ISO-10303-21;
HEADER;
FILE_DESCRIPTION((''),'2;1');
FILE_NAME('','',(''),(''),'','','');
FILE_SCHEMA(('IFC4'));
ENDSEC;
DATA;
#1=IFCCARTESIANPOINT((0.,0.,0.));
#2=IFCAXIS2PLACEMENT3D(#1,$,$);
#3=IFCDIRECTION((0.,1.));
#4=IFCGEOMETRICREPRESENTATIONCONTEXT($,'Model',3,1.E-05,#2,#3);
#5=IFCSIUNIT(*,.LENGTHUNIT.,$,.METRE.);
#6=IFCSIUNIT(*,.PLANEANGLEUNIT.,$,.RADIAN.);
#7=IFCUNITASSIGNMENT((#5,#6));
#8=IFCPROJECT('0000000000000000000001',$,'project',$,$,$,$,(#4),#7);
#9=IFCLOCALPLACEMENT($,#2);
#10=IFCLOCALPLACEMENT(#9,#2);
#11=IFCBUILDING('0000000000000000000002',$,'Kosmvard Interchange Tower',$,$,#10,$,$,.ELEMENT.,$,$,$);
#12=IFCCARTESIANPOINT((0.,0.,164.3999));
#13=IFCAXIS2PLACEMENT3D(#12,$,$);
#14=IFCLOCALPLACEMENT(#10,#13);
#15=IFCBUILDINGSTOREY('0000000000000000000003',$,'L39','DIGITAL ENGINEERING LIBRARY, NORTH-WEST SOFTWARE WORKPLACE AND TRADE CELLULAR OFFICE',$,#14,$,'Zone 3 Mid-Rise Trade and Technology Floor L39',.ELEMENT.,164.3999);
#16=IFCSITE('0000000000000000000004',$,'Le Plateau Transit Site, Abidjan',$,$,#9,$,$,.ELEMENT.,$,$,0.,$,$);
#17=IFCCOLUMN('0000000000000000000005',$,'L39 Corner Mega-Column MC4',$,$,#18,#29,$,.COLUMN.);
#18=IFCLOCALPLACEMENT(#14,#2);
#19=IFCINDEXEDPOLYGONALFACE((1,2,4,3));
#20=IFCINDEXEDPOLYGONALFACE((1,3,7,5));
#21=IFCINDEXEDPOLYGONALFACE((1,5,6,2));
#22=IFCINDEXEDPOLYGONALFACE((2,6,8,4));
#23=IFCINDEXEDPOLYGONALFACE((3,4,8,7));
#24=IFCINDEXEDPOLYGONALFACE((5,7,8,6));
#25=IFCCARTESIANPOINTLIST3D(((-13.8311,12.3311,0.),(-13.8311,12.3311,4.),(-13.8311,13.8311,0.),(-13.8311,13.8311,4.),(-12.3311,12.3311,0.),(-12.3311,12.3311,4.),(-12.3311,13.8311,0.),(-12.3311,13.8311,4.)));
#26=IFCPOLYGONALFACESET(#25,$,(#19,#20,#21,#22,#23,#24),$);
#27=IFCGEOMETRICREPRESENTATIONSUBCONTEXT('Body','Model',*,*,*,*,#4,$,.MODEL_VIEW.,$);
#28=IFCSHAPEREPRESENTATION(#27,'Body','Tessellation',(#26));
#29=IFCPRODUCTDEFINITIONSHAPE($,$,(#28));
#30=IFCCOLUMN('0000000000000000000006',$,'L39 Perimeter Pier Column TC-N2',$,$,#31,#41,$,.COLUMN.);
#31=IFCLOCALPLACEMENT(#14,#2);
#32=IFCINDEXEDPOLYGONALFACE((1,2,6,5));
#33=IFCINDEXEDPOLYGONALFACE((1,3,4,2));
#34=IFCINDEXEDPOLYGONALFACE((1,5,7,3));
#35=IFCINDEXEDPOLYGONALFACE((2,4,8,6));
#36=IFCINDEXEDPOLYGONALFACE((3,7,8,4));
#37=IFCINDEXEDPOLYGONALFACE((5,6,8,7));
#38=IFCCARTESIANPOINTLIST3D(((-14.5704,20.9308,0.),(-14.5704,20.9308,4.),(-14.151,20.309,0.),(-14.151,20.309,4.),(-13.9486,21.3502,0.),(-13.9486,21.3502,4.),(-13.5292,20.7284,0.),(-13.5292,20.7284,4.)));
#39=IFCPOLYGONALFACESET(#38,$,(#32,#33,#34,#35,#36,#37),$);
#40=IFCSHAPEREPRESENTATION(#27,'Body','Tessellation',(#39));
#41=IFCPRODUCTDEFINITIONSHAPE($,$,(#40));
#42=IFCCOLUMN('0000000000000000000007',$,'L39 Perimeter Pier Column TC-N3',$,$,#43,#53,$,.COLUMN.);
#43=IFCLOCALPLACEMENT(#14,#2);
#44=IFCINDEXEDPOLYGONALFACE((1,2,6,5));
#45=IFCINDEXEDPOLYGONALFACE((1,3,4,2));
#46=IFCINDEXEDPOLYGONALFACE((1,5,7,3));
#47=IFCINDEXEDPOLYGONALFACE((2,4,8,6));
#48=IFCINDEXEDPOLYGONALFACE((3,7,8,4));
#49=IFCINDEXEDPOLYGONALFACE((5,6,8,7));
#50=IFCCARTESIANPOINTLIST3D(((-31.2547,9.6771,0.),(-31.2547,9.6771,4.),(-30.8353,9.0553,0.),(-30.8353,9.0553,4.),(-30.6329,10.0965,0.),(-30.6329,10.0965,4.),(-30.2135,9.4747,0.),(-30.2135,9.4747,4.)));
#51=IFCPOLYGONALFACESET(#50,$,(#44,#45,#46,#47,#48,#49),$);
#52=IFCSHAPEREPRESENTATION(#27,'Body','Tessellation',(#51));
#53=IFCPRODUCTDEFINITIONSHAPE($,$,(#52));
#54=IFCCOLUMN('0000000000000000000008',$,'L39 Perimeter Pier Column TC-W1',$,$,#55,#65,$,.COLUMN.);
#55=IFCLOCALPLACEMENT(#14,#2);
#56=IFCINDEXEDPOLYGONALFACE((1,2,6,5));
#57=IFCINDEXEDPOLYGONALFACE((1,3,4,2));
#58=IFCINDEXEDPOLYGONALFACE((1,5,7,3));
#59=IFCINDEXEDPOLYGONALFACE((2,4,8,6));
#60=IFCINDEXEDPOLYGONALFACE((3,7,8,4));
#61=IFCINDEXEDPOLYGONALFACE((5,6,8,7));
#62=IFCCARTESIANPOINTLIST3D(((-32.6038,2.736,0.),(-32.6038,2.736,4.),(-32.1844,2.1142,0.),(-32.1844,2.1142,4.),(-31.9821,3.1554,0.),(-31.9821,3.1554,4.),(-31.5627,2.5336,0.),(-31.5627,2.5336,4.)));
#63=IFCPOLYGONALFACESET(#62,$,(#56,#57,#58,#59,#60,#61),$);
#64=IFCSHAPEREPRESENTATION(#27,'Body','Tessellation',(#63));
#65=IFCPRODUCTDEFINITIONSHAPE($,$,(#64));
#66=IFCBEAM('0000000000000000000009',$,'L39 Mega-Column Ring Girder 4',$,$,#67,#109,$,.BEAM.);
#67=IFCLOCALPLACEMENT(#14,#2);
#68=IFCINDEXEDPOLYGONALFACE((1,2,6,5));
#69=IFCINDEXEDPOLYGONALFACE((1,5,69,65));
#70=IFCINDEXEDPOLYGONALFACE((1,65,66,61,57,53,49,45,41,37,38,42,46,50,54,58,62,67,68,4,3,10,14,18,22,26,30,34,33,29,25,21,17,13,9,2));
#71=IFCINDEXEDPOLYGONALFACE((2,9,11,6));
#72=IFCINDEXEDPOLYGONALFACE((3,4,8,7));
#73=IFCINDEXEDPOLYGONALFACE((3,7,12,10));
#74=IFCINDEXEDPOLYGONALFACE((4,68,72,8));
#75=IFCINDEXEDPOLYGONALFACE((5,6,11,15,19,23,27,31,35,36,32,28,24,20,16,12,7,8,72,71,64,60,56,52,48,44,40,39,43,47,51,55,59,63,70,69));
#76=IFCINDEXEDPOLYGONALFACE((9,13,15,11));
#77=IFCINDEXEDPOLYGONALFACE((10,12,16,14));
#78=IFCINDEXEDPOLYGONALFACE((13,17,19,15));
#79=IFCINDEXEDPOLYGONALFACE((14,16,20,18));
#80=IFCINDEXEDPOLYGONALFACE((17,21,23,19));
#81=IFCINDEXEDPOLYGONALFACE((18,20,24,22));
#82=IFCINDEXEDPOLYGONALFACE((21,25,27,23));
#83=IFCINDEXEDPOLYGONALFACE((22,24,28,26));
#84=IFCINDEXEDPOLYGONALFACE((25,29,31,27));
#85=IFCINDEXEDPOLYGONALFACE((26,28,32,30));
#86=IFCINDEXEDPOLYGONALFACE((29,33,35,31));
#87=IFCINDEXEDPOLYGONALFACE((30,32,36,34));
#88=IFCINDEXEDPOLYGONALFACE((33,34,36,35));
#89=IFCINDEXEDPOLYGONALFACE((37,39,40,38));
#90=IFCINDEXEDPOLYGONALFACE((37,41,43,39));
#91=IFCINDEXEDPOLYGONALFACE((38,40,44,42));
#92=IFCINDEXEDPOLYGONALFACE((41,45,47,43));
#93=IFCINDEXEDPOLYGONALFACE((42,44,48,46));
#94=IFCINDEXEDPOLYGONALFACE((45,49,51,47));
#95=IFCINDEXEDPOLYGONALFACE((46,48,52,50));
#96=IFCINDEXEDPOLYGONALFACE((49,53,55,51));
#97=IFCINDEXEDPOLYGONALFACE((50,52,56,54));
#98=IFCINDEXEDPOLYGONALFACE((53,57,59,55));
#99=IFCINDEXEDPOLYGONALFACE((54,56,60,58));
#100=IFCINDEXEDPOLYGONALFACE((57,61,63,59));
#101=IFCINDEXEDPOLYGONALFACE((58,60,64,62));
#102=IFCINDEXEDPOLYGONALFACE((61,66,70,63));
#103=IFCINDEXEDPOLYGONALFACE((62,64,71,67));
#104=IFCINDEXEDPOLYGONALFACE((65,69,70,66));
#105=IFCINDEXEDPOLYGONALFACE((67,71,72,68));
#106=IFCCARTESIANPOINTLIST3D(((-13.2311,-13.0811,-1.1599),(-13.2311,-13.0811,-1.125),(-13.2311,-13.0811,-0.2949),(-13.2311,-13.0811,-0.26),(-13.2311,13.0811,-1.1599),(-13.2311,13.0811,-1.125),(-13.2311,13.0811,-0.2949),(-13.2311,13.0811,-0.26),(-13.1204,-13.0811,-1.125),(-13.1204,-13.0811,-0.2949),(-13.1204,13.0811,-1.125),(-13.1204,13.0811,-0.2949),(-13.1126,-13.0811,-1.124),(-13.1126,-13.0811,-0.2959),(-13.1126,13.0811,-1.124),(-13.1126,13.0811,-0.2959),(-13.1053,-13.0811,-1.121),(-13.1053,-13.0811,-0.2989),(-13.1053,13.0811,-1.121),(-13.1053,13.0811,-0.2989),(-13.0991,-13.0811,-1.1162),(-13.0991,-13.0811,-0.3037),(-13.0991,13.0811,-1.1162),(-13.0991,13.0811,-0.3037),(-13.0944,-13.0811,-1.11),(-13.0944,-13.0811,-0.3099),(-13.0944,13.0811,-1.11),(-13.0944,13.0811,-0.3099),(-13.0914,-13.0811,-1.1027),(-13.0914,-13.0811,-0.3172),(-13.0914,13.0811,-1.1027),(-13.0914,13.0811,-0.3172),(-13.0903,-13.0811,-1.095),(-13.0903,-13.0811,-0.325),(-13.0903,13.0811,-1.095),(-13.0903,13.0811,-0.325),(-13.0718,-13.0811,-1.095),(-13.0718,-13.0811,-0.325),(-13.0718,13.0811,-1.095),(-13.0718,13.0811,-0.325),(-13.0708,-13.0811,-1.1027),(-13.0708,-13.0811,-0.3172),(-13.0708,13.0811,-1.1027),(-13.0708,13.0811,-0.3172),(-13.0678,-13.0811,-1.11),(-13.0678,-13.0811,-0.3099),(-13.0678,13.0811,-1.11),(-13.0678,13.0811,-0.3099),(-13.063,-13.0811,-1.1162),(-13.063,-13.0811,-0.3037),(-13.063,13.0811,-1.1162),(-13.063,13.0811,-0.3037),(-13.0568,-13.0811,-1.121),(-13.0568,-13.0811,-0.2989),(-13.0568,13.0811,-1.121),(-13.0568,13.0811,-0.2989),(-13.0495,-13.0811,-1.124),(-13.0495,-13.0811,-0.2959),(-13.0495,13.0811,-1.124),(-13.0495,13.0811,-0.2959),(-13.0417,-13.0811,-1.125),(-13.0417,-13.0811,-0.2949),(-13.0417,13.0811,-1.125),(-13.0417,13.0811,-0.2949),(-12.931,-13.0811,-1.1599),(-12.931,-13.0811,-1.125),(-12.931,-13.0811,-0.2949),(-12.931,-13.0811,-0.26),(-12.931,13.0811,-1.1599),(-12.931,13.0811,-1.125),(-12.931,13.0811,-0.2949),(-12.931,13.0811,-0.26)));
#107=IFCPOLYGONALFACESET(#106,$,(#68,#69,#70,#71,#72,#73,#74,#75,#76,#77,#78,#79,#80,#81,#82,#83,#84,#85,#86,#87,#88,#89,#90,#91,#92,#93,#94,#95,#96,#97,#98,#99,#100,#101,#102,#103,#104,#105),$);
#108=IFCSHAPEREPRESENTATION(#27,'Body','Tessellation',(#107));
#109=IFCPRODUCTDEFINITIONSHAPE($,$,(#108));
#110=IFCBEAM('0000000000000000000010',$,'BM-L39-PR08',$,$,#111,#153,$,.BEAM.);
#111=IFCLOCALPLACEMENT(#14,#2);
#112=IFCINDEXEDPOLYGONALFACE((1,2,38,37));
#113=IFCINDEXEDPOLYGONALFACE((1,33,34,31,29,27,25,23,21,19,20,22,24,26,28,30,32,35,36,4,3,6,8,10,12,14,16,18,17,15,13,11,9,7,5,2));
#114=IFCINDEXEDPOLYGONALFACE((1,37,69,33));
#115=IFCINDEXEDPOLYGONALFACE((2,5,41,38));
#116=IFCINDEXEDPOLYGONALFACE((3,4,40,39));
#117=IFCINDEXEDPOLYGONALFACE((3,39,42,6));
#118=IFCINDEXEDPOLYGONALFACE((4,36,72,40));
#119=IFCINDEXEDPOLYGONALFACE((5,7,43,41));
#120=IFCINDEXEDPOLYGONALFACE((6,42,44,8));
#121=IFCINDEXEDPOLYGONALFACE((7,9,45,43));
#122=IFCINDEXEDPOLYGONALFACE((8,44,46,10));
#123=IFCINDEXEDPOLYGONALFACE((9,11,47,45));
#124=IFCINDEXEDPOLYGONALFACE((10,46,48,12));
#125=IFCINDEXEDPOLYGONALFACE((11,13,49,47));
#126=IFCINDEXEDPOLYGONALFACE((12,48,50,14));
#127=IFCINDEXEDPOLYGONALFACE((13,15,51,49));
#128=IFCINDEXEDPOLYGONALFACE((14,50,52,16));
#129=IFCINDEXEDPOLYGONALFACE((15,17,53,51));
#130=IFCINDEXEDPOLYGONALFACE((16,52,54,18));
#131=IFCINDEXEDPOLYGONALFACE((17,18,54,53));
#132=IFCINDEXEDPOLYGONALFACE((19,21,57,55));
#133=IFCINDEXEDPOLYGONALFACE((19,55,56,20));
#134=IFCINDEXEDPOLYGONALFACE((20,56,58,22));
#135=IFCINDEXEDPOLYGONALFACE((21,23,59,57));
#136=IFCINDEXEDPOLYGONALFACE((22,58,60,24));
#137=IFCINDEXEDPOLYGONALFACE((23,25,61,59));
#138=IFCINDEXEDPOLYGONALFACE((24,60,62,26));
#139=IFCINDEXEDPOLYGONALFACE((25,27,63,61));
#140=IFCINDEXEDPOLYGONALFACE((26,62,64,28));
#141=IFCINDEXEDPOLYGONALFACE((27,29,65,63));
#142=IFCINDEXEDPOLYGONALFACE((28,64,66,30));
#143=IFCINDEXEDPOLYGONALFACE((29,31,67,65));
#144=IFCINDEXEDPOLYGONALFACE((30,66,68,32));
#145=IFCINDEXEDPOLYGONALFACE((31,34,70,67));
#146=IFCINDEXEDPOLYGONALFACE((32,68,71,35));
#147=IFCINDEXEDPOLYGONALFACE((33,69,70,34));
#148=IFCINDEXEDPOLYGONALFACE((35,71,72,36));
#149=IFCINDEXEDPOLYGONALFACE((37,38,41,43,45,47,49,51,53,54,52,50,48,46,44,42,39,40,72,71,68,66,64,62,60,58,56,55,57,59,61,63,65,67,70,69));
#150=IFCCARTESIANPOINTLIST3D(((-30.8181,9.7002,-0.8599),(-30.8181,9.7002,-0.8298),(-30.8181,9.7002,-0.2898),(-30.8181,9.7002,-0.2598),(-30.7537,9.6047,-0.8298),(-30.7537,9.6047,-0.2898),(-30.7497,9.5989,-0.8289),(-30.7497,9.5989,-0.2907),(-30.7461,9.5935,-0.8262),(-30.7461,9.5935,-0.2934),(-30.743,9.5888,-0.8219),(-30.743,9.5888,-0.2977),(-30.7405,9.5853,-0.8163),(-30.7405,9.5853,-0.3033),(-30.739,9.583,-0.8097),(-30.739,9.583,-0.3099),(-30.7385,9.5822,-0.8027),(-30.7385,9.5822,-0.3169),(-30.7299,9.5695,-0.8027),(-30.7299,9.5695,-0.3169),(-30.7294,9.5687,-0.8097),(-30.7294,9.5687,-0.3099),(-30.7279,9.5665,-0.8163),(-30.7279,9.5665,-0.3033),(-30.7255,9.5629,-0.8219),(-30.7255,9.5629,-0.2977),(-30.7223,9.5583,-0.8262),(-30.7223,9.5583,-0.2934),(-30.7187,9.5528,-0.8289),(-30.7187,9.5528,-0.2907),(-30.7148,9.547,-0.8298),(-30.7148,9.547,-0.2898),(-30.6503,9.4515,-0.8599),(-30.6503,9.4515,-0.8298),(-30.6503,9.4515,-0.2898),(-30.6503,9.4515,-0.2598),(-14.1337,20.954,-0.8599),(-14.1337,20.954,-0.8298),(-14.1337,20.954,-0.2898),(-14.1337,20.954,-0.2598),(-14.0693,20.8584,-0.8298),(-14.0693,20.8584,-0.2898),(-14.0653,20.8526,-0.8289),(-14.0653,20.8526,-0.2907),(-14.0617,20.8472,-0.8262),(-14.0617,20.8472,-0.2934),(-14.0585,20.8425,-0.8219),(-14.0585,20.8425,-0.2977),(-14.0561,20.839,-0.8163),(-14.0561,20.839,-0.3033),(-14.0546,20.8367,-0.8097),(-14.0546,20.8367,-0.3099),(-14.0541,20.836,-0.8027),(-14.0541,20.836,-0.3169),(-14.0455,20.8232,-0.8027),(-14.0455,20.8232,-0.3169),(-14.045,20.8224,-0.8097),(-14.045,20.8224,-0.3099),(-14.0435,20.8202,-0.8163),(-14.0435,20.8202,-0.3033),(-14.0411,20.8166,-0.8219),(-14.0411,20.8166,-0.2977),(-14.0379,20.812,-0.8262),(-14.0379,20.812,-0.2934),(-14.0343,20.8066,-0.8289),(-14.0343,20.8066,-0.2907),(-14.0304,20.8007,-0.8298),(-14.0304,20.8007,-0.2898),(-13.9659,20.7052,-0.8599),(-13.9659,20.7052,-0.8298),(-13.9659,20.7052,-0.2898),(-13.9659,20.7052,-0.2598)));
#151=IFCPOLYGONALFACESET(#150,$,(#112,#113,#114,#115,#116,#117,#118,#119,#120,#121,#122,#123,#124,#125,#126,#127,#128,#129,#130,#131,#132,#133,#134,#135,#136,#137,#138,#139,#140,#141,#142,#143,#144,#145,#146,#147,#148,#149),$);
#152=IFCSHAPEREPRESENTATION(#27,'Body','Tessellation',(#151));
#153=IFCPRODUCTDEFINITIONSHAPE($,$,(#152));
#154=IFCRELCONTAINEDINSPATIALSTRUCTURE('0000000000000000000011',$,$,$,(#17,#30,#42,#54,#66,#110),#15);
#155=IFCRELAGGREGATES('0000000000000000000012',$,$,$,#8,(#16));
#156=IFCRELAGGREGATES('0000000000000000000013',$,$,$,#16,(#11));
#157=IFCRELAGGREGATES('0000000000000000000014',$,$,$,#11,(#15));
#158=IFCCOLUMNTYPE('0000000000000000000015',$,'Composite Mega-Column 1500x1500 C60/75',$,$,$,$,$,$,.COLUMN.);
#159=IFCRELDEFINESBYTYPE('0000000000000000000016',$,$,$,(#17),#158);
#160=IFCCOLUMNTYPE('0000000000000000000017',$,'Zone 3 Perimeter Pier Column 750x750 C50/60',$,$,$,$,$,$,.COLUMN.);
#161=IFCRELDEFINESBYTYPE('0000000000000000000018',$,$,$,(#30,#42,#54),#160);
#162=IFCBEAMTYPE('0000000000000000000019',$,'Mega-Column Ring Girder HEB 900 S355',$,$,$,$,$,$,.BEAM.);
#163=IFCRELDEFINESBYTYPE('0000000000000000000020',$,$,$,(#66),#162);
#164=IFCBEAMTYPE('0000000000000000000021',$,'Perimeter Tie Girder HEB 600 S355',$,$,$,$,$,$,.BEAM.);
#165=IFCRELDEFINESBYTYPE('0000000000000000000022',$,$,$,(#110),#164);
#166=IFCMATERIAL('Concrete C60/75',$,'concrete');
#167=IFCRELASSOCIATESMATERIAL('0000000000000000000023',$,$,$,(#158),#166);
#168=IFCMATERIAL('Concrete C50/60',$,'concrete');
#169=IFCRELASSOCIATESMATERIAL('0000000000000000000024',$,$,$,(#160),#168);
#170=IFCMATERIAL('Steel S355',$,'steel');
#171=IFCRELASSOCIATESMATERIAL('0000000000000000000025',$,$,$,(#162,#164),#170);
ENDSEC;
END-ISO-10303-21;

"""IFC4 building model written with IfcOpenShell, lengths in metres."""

from ifc_helpers import new_model, si_unit, direction, frame, origin, origin_2d, place, context, subcontext, project, spatial, rectangle, i_section, extrude, source, transform, mapped, material, material_profile, profile_set, type_object, element, save


model = new_model("IFC4")

# Units and contexts
model_context = context("Model", 3, precision=1e-05, world=origin(), true_north=direction((0.0, 1.0)))
body_context = subcontext(model_context, "Body", "Model", "MODEL_VIEW")
ifc_project = project(units=[si_unit("LENGTHUNIT", "METRE"), si_unit("PLANEANGLEUNIT", "RADIAN")], contexts=[model_context])

# Site, building, storey
site_placement = place(None, origin())
site = spatial("IfcSite", under=ifc_project, at=site_placement, Name="Le Plateau Transit Site, Abidjan", CompositionType="ELEMENT", RefElevation=0.0)
building_placement = place(site_placement, origin())
building = spatial("IfcBuilding", under=site, at=building_placement, Name="Kosmvard Interchange Tower", CompositionType="ELEMENT")
storey_placement = place(building_placement, frame((0.0, 0.0, 164.3999)))
storey = spatial("IfcBuildingStorey", under=building, at=storey_placement, Name="L39", Description="DIGITAL ENGINEERING LIBRARY, NORTH-WEST SOFTWARE WORKPLACE AND TRADE CELLULAR OFFICE", LongName="Zone 3 Mid-Rise Trade and Technology Floor L39", CompositionType="ELEMENT", Elevation=164.3999)

# Columns
ifc_material_1 = material(Name="Concrete C60/75", Category="concrete")
ifc_material_profile_1 = material_profile(ifc_material_1, rectangle(XDim=1.5, YDim=1.5, at=origin_2d()), Name="MC 1500x1500")
ifc_profile_set_1 = profile_set([ifc_material_profile_1], Name="Concrete C60/75")
column_type_1 = type_object("IfcColumnType", Name="Composite Mega-Column 1500x1500 C60/75", PredefinedType="COLUMN", material=ifc_profile_set_1)
shared_shape_1 = source(origin(), body_context, "Body", "SweptSolid", [
    extrude(rectangle(XDim=1.5, YDim=1.5, at=origin_2d()), origin(), (0.0, 0.0, 1.0), 4.0),
])
column_placement = place(storey_placement, frame((-13.0811, 13.0811, 0.0), z_axis=(0.0, 0.0, 1.0), x_axis=(1.0, 0.0, 0.0)))
element("IfcColumn", 1, at=column_placement, inside=storey, type_object=column_type_1, Name="L39 Corner Mega-Column MC4", PredefinedType="COLUMN", context=body_context, shape_type="MappedRepresentation", body=[
    mapped(shared_shape_1, transform((0.0, 0.0, 0.0), scale=1.0)),
])
ifc_material_2 = material(Name="Concrete C50/60", Category="concrete")
ifc_material_profile_2 = material_profile(ifc_material_2, rectangle(XDim=0.75, YDim=0.75, at=origin_2d()), Name="TC 750x750")
ifc_profile_set_2 = profile_set([ifc_material_profile_2], Name="Concrete C50/60")
column_type_2 = type_object("IfcColumnType", Name="Zone 3 Perimeter Pier Column 750x750 C50/60", PredefinedType="COLUMN", material=ifc_profile_set_2)
shared_shape_2 = source(origin(), body_context, "Body", "SweptSolid", [
    extrude(rectangle(XDim=0.75, YDim=0.75, at=origin_2d()), origin(), (0.0, 0.0, 1.0), 4.0),
])
for number, where, z_axis, x_axis, name in (
    (2, (-14.0498, 20.8296, 0.0), (0.0, 0.0, 1.0), (0.829038, 0.559193, 0.0), "L39 Perimeter Pier Column TC-N2"),
    (3, (-30.7341, 9.5759, 0.0), (0.0, 0.0, 1.0), (0.829038, 0.559193, 0.0), "L39 Perimeter Pier Column TC-N3"),
    (4, (-32.0833, 2.6348, 0.0), (0.0, 0.0, 1.0), (0.829038, 0.559193, 0.0), "L39 Perimeter Pier Column TC-W1"),
):
    element("IfcColumn", number, at=place(storey_placement, frame(where, z_axis=z_axis, x_axis=x_axis)), inside=storey, type_object=column_type_2, Name=name, PredefinedType="COLUMN", context=body_context, shape_type="MappedRepresentation", body=[
        mapped(shared_shape_2, transform((0.0, 0.0, 0.0), scale=1.0)),
    ])

# Beams
ifc_material_3 = material(Name="Steel S355", Category="steel")
ifc_material_profile_3 = material_profile(ifc_material_3, i_section(OverallWidth=0.3, OverallDepth=0.8999, WebThickness=0.0186, FlangeThickness=0.0349, FilletRadius=0.03, at=origin_2d()), Name="HEB 900")
ifc_profile_set_3 = profile_set([ifc_material_profile_3], Name="Steel S355")
beam_type_1 = type_object("IfcBeamType", Name="Mega-Column Ring Girder HEB 900 S355", PredefinedType="BEAM", material=ifc_profile_set_3)
shared_shape_3 = source(origin(), body_context, "Body", "SweptSolid", [
    extrude(i_section(OverallWidth=0.3, OverallDepth=0.8999, WebThickness=0.0186, FlangeThickness=0.0349, FilletRadius=0.03, at=origin_2d()), origin(), (0.0, 0.0, 1.0), 26.1621),
])
beam_1_placement = place(storey_placement, frame((-13.0811, 13.0811, -0.71), z_axis=(0.0, -1.0, 0.0), x_axis=(1.0, 0.0, 0.0)))
element("IfcBeam", 5, at=beam_1_placement, inside=storey, type_object=beam_type_1, Name="L39 Mega-Column Ring Girder 4", PredefinedType="BEAM", context=body_context, shape_type="MappedRepresentation", body=[
    mapped(shared_shape_3, transform((0.0, 0.0, 0.0), scale=1.0)),
])
ifc_material_profile_4 = material_profile(ifc_material_3, i_section(OverallWidth=0.3, OverallDepth=0.6001, WebThickness=0.0154, FlangeThickness=0.03, FilletRadius=0.0271, at=origin_2d()), Name="HEB 600")
ifc_profile_set_4 = profile_set([ifc_material_profile_4], Name="Steel S355")
beam_type_2 = type_object("IfcBeamType", Name="Perimeter Tie Girder HEB 600 S355", PredefinedType="BEAM", material=ifc_profile_set_4)
shared_shape_4 = source(origin(), body_context, "Body", "SweptSolid", [
    extrude(i_section(OverallWidth=0.3, OverallDepth=0.6001, WebThickness=0.0154, FlangeThickness=0.03, FilletRadius=0.0271, at=origin_2d()), origin(), (0.0, 0.0, 1.0), 20.125),
])
for number, where, z_axis, x_axis, name in (
    (6, (-14.0498, 20.8296, -0.5598), (-0.829039, -0.559191, 0.0), (0.559191, -0.829039, 0.0), "BM-L39-PR08"),
):
    element("IfcBeam", number, at=place(storey_placement, frame(where, z_axis=z_axis, x_axis=x_axis)), inside=storey, type_object=beam_type_2, Name=name, PredefinedType="BEAM", context=body_context, shape_type="MappedRepresentation", body=[
        mapped(shared_shape_4, transform((0.0, 0.0, 0.0), scale=1.0)),
    ])

save(model, "model.ifc")
